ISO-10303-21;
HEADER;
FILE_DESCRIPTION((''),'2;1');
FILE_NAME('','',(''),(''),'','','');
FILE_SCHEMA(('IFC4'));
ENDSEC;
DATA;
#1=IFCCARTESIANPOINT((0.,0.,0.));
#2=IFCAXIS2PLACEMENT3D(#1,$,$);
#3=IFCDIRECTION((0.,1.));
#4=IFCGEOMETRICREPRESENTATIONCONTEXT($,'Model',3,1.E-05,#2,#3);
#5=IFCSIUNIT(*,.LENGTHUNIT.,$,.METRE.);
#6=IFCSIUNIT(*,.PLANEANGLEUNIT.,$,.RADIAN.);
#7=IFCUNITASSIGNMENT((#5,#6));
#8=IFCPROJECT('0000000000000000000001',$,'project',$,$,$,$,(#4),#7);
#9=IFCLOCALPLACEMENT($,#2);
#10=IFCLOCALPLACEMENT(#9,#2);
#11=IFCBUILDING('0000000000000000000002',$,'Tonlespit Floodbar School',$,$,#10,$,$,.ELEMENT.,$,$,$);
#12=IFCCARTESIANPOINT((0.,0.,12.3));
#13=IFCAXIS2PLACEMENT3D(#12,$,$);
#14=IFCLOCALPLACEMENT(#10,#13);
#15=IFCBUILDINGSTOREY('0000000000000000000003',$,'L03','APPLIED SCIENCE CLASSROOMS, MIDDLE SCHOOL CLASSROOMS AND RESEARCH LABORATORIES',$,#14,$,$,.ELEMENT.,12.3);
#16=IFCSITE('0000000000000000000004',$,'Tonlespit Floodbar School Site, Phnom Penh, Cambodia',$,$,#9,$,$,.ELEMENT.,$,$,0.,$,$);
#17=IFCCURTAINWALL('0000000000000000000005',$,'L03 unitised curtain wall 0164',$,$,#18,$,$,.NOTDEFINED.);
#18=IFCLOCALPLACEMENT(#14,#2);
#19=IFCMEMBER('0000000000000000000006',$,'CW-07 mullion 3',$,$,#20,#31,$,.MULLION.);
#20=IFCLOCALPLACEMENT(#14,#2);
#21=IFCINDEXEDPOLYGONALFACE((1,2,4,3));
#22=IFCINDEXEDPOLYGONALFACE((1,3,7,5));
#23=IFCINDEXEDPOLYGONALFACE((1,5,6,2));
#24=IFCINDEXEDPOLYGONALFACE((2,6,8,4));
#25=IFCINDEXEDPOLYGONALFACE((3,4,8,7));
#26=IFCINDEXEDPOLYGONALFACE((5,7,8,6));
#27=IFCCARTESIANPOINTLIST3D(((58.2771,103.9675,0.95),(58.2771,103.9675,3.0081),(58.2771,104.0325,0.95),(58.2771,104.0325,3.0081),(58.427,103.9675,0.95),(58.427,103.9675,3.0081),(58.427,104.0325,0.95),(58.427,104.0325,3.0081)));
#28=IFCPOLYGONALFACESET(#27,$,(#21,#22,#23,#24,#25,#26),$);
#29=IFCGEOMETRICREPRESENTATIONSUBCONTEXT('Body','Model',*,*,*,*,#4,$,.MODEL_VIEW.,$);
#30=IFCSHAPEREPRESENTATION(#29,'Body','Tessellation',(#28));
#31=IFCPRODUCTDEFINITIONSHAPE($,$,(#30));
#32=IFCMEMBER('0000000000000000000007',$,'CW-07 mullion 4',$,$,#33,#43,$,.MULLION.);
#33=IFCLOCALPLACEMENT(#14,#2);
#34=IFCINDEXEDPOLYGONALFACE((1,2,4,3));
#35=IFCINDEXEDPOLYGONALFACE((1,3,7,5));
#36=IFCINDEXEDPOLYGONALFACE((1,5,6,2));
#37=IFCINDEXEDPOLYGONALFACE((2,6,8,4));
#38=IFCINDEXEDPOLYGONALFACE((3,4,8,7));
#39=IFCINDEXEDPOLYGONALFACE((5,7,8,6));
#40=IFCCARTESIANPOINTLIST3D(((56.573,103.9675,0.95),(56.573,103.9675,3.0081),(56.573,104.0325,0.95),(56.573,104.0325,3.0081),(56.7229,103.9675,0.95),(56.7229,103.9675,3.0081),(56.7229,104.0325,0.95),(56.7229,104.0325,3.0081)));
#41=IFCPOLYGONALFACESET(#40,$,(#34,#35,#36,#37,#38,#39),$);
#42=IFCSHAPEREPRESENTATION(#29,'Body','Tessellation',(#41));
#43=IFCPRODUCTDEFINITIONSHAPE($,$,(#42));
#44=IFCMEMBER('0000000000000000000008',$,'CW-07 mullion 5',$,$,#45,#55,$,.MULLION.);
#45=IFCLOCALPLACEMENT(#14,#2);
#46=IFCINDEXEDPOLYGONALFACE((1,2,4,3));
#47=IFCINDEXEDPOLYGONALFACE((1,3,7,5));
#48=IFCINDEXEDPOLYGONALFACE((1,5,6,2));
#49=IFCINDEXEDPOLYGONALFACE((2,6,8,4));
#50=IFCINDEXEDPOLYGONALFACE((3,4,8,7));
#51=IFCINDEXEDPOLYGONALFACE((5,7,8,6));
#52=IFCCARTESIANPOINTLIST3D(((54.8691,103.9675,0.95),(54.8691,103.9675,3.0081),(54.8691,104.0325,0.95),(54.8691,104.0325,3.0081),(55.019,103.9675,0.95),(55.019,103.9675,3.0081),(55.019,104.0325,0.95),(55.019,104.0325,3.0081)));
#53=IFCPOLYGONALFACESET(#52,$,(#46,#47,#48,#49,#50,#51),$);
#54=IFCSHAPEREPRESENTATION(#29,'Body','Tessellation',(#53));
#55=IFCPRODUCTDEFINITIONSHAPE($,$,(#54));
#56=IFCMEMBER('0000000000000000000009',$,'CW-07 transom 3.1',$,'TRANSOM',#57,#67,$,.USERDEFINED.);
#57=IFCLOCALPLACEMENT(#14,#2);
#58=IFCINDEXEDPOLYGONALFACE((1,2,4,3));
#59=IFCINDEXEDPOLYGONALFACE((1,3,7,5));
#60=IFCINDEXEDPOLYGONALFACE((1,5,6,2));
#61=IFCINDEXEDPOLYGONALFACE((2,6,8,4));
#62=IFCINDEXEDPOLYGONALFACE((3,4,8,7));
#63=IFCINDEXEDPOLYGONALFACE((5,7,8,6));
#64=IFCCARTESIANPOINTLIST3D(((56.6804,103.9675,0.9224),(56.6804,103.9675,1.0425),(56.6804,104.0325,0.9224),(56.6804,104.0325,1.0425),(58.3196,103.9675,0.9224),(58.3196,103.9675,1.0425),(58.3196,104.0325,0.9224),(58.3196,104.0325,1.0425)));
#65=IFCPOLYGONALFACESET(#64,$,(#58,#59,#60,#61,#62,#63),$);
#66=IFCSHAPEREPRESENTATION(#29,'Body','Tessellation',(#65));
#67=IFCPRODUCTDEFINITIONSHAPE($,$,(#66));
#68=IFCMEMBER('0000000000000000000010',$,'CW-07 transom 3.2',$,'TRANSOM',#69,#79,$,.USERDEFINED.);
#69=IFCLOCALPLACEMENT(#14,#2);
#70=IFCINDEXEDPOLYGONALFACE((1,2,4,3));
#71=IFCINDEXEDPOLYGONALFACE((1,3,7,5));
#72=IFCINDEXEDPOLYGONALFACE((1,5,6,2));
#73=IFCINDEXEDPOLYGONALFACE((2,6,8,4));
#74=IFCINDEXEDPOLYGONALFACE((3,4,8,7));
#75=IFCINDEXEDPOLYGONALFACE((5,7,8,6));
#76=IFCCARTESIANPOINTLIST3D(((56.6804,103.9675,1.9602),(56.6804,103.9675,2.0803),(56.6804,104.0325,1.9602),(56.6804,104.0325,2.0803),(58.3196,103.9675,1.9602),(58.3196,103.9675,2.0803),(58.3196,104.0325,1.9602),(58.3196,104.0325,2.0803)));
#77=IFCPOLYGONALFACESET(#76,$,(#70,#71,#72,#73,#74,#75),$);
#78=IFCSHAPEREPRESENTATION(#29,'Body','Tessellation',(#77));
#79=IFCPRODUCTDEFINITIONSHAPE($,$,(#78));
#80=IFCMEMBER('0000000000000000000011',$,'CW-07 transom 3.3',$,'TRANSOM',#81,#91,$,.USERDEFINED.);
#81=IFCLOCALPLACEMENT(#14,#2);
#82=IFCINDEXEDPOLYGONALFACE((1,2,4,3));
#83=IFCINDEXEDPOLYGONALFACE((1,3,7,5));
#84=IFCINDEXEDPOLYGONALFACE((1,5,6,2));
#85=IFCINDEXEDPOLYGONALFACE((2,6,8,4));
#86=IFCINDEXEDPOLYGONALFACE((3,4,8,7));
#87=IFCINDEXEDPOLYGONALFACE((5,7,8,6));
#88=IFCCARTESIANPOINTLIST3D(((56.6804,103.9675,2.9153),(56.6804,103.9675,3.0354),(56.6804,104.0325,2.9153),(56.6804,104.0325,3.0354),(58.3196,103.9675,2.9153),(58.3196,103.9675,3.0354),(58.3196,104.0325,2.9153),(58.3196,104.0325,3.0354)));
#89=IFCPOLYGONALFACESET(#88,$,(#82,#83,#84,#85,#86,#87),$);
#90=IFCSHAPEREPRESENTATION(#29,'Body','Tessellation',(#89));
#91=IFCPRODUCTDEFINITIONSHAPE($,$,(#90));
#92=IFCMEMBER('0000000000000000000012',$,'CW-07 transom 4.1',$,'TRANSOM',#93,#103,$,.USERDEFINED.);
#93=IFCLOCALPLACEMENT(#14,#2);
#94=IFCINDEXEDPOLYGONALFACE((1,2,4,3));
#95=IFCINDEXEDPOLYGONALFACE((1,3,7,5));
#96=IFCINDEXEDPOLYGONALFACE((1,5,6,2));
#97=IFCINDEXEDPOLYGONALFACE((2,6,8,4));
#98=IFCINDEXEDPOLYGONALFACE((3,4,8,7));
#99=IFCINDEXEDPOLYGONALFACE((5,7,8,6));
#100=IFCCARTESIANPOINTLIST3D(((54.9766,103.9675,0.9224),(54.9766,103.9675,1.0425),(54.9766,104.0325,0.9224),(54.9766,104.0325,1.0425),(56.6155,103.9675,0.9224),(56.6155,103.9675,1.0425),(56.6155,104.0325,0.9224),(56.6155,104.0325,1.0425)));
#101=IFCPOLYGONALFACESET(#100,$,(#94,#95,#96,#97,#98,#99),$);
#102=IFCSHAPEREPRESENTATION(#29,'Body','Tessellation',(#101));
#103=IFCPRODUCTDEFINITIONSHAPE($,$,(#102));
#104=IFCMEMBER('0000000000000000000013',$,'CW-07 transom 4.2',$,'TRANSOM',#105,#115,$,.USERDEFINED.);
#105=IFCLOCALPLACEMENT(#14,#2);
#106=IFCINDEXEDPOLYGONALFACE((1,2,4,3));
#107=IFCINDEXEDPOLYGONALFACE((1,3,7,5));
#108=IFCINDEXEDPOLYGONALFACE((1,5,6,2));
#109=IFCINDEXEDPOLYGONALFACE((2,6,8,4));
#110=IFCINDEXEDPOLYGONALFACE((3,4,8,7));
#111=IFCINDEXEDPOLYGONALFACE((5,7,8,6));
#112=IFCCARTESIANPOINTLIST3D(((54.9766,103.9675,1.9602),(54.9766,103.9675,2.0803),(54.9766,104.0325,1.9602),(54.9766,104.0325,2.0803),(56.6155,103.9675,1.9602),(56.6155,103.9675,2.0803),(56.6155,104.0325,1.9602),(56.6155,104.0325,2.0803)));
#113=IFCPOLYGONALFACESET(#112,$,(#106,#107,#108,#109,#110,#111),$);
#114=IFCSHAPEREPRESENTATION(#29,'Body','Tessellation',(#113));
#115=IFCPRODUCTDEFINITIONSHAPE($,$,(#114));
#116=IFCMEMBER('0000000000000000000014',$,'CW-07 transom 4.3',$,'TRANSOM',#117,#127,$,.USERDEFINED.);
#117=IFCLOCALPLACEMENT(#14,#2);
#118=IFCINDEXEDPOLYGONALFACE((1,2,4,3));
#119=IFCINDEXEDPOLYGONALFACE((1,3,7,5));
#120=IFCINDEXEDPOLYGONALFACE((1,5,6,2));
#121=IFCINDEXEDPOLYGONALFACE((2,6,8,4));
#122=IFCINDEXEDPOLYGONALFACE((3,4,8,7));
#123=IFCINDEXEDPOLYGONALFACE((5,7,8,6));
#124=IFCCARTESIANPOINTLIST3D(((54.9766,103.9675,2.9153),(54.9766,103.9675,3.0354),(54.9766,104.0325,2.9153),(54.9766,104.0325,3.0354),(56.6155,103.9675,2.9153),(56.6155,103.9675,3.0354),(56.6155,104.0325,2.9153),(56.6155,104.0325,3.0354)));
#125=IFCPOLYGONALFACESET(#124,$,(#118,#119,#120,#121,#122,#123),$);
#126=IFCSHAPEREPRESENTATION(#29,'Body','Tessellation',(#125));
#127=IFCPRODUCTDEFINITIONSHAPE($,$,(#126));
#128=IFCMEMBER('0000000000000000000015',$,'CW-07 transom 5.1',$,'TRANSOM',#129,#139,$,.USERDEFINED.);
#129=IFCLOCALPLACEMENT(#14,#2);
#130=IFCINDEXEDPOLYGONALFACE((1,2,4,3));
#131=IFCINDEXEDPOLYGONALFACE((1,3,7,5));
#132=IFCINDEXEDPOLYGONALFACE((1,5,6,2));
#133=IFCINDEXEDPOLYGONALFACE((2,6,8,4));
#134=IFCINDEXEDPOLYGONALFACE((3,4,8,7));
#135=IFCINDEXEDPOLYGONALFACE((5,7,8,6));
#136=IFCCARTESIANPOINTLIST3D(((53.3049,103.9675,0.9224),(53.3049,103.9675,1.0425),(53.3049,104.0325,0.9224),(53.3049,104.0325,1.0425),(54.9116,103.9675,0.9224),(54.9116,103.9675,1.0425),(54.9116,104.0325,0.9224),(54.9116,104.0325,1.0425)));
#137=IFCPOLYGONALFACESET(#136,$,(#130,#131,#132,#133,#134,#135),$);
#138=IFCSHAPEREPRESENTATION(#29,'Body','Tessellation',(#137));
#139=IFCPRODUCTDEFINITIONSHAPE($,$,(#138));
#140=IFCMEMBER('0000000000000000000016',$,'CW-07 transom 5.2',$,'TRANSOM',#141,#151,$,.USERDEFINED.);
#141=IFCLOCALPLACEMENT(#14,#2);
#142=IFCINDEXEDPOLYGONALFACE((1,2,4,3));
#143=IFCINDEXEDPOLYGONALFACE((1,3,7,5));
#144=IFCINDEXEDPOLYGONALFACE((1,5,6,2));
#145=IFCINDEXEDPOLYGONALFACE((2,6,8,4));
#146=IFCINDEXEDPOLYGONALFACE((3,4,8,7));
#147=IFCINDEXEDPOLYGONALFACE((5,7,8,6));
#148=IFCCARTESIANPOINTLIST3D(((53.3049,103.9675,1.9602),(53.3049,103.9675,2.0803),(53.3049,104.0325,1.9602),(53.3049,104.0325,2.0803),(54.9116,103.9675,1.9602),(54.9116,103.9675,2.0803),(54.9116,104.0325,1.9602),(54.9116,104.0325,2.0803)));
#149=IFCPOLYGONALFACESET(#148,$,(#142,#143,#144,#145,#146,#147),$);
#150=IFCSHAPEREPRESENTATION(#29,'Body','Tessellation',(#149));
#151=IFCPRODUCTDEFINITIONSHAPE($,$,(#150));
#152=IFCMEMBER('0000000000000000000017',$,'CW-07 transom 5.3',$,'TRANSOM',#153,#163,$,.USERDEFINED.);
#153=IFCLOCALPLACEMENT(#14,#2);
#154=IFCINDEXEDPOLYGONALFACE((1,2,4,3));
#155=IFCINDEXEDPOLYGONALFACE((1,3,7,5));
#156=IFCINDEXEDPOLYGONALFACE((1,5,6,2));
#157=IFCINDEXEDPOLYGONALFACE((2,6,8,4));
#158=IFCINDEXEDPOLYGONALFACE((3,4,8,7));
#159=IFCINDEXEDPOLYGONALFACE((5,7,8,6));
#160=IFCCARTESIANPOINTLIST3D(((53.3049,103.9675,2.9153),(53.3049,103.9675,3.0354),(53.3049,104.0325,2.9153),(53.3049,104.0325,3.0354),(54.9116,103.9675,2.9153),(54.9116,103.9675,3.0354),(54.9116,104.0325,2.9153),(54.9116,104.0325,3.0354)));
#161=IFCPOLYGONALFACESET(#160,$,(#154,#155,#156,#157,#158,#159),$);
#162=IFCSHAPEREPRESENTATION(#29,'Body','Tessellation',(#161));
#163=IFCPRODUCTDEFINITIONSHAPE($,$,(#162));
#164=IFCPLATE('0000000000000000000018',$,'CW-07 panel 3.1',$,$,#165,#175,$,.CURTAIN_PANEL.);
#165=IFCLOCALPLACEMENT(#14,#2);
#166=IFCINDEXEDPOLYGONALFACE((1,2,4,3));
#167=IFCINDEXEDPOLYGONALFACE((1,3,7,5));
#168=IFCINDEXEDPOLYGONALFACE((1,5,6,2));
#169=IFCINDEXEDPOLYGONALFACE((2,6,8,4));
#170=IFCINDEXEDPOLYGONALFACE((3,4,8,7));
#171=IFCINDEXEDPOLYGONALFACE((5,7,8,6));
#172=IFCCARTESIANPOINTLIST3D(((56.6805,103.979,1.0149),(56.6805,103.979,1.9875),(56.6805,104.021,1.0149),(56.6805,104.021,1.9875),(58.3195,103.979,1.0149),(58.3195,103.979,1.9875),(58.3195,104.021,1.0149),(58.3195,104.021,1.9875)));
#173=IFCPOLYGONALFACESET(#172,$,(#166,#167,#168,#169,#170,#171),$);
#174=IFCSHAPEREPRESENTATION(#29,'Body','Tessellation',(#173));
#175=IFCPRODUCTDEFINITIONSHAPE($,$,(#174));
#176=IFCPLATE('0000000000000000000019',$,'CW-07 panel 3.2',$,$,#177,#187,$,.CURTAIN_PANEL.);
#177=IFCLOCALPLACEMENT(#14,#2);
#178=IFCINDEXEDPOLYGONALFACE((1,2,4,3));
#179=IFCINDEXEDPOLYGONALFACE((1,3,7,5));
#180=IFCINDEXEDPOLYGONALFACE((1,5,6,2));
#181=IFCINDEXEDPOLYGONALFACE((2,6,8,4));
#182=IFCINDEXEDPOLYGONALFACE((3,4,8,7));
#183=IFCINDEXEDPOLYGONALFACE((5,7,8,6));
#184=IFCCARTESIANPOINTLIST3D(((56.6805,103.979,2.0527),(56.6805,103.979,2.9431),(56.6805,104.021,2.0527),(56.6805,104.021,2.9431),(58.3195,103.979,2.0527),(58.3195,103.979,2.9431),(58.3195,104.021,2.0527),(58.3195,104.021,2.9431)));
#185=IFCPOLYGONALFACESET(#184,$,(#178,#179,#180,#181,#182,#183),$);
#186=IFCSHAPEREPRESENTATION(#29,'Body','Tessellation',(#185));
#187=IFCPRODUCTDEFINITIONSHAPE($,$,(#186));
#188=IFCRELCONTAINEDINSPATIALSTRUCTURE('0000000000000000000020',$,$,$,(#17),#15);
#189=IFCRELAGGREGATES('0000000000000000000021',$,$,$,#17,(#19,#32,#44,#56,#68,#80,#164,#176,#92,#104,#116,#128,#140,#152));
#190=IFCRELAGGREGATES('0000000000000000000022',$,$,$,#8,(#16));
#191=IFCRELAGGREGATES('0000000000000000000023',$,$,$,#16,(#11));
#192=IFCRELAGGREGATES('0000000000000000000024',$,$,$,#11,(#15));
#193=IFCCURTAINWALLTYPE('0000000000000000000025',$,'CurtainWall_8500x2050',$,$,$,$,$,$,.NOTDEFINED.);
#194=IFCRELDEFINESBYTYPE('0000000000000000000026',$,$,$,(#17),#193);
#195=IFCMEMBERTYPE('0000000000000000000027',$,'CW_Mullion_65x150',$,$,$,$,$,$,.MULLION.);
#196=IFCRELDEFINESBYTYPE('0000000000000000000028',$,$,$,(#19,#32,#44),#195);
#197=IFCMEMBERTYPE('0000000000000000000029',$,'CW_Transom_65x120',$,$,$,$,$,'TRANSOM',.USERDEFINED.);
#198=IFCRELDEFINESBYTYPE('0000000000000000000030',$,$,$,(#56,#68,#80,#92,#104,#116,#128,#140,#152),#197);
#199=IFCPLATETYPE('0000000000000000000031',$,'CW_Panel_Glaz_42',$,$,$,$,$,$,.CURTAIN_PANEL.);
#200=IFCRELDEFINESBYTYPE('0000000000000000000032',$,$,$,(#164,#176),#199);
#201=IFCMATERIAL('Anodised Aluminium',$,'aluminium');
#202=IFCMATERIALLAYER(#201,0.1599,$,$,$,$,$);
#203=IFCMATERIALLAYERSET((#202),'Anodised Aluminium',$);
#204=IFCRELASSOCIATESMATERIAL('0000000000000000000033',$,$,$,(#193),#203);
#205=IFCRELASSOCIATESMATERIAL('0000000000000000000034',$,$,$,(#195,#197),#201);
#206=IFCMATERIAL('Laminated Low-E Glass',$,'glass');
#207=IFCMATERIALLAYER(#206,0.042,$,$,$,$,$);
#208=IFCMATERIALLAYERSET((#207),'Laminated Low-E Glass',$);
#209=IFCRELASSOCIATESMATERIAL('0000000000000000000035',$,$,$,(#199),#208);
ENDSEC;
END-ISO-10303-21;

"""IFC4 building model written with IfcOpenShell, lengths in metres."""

from ifc_helpers import new_model, si_unit, direction, frame, origin, origin_2d, place, context, subcontext, project, spatial, rectangle, extrude, material, layer, layer_set, material_profile, profile_set, type_object, element, aggregate, save


model = new_model("IFC4")

# Units and contexts
model_context = context("Model", 3, precision=1e-05, world=origin(), true_north=direction((0.0, 1.0)))
body_context = subcontext(model_context, "Body", "Model", "MODEL_VIEW")
ifc_project = project(units=[si_unit("LENGTHUNIT", "METRE"), si_unit("PLANEANGLEUNIT", "RADIAN")], contexts=[model_context])

# Site, building, storey
site_placement = place(None, origin())
site = spatial("IfcSite", under=ifc_project, at=site_placement, Name="Tonlespit Floodbar School Site, Phnom Penh, Cambodia", CompositionType="ELEMENT", RefElevation=0.0)
building_placement = place(site_placement, origin())
building = spatial("IfcBuilding", under=site, at=building_placement, Name="Tonlespit Floodbar School", CompositionType="ELEMENT")
storey_placement = place(building_placement, frame((0.0, 0.0, 12.3)))
storey = spatial("IfcBuildingStorey", under=building, at=storey_placement, Name="L03", Description="APPLIED SCIENCE CLASSROOMS, MIDDLE SCHOOL CLASSROOMS AND RESEARCH LABORATORIES", CompositionType="ELEMENT", Elevation=12.3)

# Curtain wall, members, plates
ifc_material_1 = material(Name="Anodised Aluminium", Category="aluminium")
ifc_layer_1 = layer(ifc_material_1, 0.1599)
ifc_layer_set_1 = layer_set([ifc_layer_1], Name="Anodised Aluminium")
curtain_wall_type = type_object("IfcCurtainWallType", Name="CurtainWall_8500x2050", PredefinedType="NOTDEFINED", material=ifc_layer_set_1)
curtain_wall_placement = place(storey_placement, origin())
curtain_wall = element("IfcCurtainWall", 1, at=curtain_wall_placement, inside=storey, type_object=curtain_wall_type, Name="L03 unitised curtain wall 0164", PredefinedType="NOTDEFINED")
ifc_material_profile_1 = material_profile(ifc_material_1, rectangle(XDim=0.0649, YDim=0.1499, at=origin_2d()), Name="ALU M65x150")
ifc_profile_set_1 = profile_set([ifc_material_profile_1], Name="Anodised Aluminium")
member_type_1 = type_object("IfcMemberType", Name="CW_Mullion_65x150", PredefinedType="MULLION", material=ifc_profile_set_1)
member_1_placement = place(storey_placement, frame((58.3521, 104.0, 0.95), z_axis=(0.0, 0.0, 1.0), x_axis=(0.0, -1.0, 0.0)))
member_1 = element("IfcMember", 2, at=member_1_placement, type_object=member_type_1, Name="CW-07 mullion 3", PredefinedType="MULLION", context=body_context, shape_type="SweptSolid", body=[
    extrude(rectangle(XDim=0.0649, YDim=0.1499, at=origin_2d()), origin(), (0.0, 0.0, 1.0), 2.0581),
])
member_2_placement = place(storey_placement, frame((56.6479, 104.0, 0.95), z_axis=(0.0, 0.0, 1.0), x_axis=(0.0, -1.0, 0.0)))
member_2 = element("IfcMember", 3, at=member_2_placement, type_object=member_type_1, Name="CW-07 mullion 4", PredefinedType="MULLION", context=body_context, shape_type="SweptSolid", body=[
    extrude(rectangle(XDim=0.0649, YDim=0.1499, at=origin_2d()), origin(), (0.0, 0.0, 1.0), 2.0581),
])
member_3_placement = place(storey_placement, frame((54.9441, 104.0, 0.95), z_axis=(0.0, 0.0, 1.0), x_axis=(0.0, -1.0, 0.0)))
member_3 = element("IfcMember", 4, at=member_3_placement, type_object=member_type_1, Name="CW-07 mullion 5", PredefinedType="MULLION", context=body_context, shape_type="SweptSolid", body=[
    extrude(rectangle(XDim=0.0649, YDim=0.1499, at=origin_2d()), origin(), (0.0, 0.0, 1.0), 2.0581),
])
ifc_material_profile_2 = material_profile(ifc_material_1, rectangle(XDim=0.0649, YDim=0.1201, at=origin_2d()), Name="ALU T65x120")
ifc_profile_set_2 = profile_set([ifc_material_profile_2], Name="Anodised Aluminium")
member_type_2 = type_object("IfcMemberType", Name="CW_Transom_65x120", ElementType="TRANSOM", PredefinedType="USERDEFINED", material=ifc_profile_set_2)
member_4_placement = place(storey_placement, frame((58.3196, 104.0, 0.9824), z_axis=(-1.0, 0.0, 0.0), x_axis=(0.0, -1.0, 0.0)))
member_4 = element("IfcMember", 5, at=member_4_placement, type_object=member_type_2, Name="CW-07 transom 3.1", ObjectType="TRANSOM", PredefinedType="USERDEFINED", context=body_context, shape_type="SweptSolid", body=[
    extrude(rectangle(XDim=0.0649, YDim=0.1201, at=origin_2d()), origin(), (0.0, 0.0, 1.0), 1.6392),
])
member_5_placement = place(storey_placement, frame((58.3196, 104.0, 2.0203), z_axis=(-1.0, 0.0, 0.0), x_axis=(0.0, -1.0, 0.0)))
member_5 = element("IfcMember", 6, at=member_5_placement, type_object=member_type_2, Name="CW-07 transom 3.2", ObjectType="TRANSOM", PredefinedType="USERDEFINED", context=body_context, shape_type="SweptSolid", body=[
    extrude(rectangle(XDim=0.0649, YDim=0.1201, at=origin_2d()), origin(), (0.0, 0.0, 1.0), 1.6392),
])
member_6_placement = place(storey_placement, frame((58.3196, 104.0, 2.9753), z_axis=(-1.0, 0.0, 0.0), x_axis=(0.0, -1.0, 0.0)))
member_6 = element("IfcMember", 7, at=member_6_placement, type_object=member_type_2, Name="CW-07 transom 3.3", ObjectType="TRANSOM", PredefinedType="USERDEFINED", context=body_context, shape_type="SweptSolid", body=[
    extrude(rectangle(XDim=0.0649, YDim=0.1201, at=origin_2d()), origin(), (0.0, 0.0, 1.0), 1.6392),
])
member_7_placement = place(storey_placement, frame((56.6155, 104.0, 0.9824), z_axis=(-1.0, 0.0, 0.0), x_axis=(0.0, -1.0, 0.0)))
member_7 = element("IfcMember", 8, at=member_7_placement, type_object=member_type_2, Name="CW-07 transom 4.1", ObjectType="TRANSOM", PredefinedType="USERDEFINED", context=body_context, shape_type="SweptSolid", body=[
    extrude(rectangle(XDim=0.0649, YDim=0.1201, at=origin_2d()), origin(), (0.0, 0.0, 1.0), 1.6389),
])
member_8_placement = place(storey_placement, frame((56.6155, 104.0, 2.0203), z_axis=(-1.0, 0.0, 0.0), x_axis=(0.0, -1.0, 0.0)))
member_8 = element("IfcMember", 9, at=member_8_placement, type_object=member_type_2, Name="CW-07 transom 4.2", ObjectType="TRANSOM", PredefinedType="USERDEFINED", context=body_context, shape_type="SweptSolid", body=[
    extrude(rectangle(XDim=0.0649, YDim=0.1201, at=origin_2d()), origin(), (0.0, 0.0, 1.0), 1.6389),
])
member_9_placement = place(storey_placement, frame((56.6155, 104.0, 2.9753), z_axis=(-1.0, 0.0, 0.0), x_axis=(0.0, -1.0, 0.0)))
member_9 = element("IfcMember", 10, at=member_9_placement, type_object=member_type_2, Name="CW-07 transom 4.3", ObjectType="TRANSOM", PredefinedType="USERDEFINED", context=body_context, shape_type="SweptSolid", body=[
    extrude(rectangle(XDim=0.0649, YDim=0.1201, at=origin_2d()), origin(), (0.0, 0.0, 1.0), 1.6389),
])
member_10_placement = place(storey_placement, frame((54.9116, 104.0, 0.9824), z_axis=(-1.0, 0.0, 0.0), x_axis=(0.0, -1.0, 0.0)))
member_10 = element("IfcMember", 11, at=member_10_placement, type_object=member_type_2, Name="CW-07 transom 5.1", ObjectType="TRANSOM", PredefinedType="USERDEFINED", context=body_context, shape_type="SweptSolid", body=[
    extrude(rectangle(XDim=0.0649, YDim=0.1201, at=origin_2d()), origin(), (0.0, 0.0, 1.0), 1.6067),
])
member_11_placement = place(storey_placement, frame((54.9116, 104.0, 2.0203), z_axis=(-1.0, 0.0, 0.0), x_axis=(0.0, -1.0, 0.0)))
member_11 = element("IfcMember", 12, at=member_11_placement, type_object=member_type_2, Name="CW-07 transom 5.2", ObjectType="TRANSOM", PredefinedType="USERDEFINED", context=body_context, shape_type="SweptSolid", body=[
    extrude(rectangle(XDim=0.0649, YDim=0.1201, at=origin_2d()), origin(), (0.0, 0.0, 1.0), 1.6067),
])
member_12_placement = place(storey_placement, frame((54.9116, 104.0, 2.9753), z_axis=(-1.0, 0.0, 0.0), x_axis=(0.0, -1.0, 0.0)))
member_12 = element("IfcMember", 13, at=member_12_placement, type_object=member_type_2, Name="CW-07 transom 5.3", ObjectType="TRANSOM", PredefinedType="USERDEFINED", context=body_context, shape_type="SweptSolid", body=[
    extrude(rectangle(XDim=0.0649, YDim=0.1201, at=origin_2d()), origin(), (0.0, 0.0, 1.0), 1.6067),
])
ifc_material_2 = material(Name="Laminated Low-E Glass", Category="glass")
ifc_layer_2 = layer(ifc_material_2, 0.042)
ifc_layer_set_2 = layer_set([ifc_layer_2], Name="Laminated Low-E Glass")
plate_type = type_object("IfcPlateType", Name="CW_Panel_Glaz_42", PredefinedType="CURTAIN_PANEL", material=ifc_layer_set_2)
plate_1_placement = place(storey_placement, frame((57.5, 104.0, 1.0149), z_axis=(0.0, 0.0, 1.0), x_axis=(-1.0, 0.0, 0.0)))
plate_1 = element("IfcPlate", 14, at=plate_1_placement, type_object=plate_type, Name="CW-07 panel 3.1", PredefinedType="CURTAIN_PANEL", context=body_context, shape_type="SweptSolid", body=[
    extrude(rectangle(XDim=1.6389, YDim=0.042, at=origin_2d()), origin(), (0.0, 0.0, 1.0), 0.9727),
])
plate_2_placement = place(storey_placement, frame((57.5, 104.0, 2.0527), z_axis=(0.0, 0.0, 1.0), x_axis=(-1.0, 0.0, 0.0)))
plate_2 = element("IfcPlate", 15, at=plate_2_placement, type_object=plate_type, Name="CW-07 panel 3.2", PredefinedType="CURTAIN_PANEL", context=body_context, shape_type="SweptSolid", body=[
    extrude(rectangle(XDim=1.6389, YDim=0.042, at=origin_2d()), origin(), (0.0, 0.0, 1.0), 0.8904),
])
aggregate(curtain_wall, [member_1, member_2, member_3, member_4, member_5, member_6, plate_1, plate_2, member_7, member_8, member_9, member_10, member_11, member_12])

save(model, "model.ifc")
